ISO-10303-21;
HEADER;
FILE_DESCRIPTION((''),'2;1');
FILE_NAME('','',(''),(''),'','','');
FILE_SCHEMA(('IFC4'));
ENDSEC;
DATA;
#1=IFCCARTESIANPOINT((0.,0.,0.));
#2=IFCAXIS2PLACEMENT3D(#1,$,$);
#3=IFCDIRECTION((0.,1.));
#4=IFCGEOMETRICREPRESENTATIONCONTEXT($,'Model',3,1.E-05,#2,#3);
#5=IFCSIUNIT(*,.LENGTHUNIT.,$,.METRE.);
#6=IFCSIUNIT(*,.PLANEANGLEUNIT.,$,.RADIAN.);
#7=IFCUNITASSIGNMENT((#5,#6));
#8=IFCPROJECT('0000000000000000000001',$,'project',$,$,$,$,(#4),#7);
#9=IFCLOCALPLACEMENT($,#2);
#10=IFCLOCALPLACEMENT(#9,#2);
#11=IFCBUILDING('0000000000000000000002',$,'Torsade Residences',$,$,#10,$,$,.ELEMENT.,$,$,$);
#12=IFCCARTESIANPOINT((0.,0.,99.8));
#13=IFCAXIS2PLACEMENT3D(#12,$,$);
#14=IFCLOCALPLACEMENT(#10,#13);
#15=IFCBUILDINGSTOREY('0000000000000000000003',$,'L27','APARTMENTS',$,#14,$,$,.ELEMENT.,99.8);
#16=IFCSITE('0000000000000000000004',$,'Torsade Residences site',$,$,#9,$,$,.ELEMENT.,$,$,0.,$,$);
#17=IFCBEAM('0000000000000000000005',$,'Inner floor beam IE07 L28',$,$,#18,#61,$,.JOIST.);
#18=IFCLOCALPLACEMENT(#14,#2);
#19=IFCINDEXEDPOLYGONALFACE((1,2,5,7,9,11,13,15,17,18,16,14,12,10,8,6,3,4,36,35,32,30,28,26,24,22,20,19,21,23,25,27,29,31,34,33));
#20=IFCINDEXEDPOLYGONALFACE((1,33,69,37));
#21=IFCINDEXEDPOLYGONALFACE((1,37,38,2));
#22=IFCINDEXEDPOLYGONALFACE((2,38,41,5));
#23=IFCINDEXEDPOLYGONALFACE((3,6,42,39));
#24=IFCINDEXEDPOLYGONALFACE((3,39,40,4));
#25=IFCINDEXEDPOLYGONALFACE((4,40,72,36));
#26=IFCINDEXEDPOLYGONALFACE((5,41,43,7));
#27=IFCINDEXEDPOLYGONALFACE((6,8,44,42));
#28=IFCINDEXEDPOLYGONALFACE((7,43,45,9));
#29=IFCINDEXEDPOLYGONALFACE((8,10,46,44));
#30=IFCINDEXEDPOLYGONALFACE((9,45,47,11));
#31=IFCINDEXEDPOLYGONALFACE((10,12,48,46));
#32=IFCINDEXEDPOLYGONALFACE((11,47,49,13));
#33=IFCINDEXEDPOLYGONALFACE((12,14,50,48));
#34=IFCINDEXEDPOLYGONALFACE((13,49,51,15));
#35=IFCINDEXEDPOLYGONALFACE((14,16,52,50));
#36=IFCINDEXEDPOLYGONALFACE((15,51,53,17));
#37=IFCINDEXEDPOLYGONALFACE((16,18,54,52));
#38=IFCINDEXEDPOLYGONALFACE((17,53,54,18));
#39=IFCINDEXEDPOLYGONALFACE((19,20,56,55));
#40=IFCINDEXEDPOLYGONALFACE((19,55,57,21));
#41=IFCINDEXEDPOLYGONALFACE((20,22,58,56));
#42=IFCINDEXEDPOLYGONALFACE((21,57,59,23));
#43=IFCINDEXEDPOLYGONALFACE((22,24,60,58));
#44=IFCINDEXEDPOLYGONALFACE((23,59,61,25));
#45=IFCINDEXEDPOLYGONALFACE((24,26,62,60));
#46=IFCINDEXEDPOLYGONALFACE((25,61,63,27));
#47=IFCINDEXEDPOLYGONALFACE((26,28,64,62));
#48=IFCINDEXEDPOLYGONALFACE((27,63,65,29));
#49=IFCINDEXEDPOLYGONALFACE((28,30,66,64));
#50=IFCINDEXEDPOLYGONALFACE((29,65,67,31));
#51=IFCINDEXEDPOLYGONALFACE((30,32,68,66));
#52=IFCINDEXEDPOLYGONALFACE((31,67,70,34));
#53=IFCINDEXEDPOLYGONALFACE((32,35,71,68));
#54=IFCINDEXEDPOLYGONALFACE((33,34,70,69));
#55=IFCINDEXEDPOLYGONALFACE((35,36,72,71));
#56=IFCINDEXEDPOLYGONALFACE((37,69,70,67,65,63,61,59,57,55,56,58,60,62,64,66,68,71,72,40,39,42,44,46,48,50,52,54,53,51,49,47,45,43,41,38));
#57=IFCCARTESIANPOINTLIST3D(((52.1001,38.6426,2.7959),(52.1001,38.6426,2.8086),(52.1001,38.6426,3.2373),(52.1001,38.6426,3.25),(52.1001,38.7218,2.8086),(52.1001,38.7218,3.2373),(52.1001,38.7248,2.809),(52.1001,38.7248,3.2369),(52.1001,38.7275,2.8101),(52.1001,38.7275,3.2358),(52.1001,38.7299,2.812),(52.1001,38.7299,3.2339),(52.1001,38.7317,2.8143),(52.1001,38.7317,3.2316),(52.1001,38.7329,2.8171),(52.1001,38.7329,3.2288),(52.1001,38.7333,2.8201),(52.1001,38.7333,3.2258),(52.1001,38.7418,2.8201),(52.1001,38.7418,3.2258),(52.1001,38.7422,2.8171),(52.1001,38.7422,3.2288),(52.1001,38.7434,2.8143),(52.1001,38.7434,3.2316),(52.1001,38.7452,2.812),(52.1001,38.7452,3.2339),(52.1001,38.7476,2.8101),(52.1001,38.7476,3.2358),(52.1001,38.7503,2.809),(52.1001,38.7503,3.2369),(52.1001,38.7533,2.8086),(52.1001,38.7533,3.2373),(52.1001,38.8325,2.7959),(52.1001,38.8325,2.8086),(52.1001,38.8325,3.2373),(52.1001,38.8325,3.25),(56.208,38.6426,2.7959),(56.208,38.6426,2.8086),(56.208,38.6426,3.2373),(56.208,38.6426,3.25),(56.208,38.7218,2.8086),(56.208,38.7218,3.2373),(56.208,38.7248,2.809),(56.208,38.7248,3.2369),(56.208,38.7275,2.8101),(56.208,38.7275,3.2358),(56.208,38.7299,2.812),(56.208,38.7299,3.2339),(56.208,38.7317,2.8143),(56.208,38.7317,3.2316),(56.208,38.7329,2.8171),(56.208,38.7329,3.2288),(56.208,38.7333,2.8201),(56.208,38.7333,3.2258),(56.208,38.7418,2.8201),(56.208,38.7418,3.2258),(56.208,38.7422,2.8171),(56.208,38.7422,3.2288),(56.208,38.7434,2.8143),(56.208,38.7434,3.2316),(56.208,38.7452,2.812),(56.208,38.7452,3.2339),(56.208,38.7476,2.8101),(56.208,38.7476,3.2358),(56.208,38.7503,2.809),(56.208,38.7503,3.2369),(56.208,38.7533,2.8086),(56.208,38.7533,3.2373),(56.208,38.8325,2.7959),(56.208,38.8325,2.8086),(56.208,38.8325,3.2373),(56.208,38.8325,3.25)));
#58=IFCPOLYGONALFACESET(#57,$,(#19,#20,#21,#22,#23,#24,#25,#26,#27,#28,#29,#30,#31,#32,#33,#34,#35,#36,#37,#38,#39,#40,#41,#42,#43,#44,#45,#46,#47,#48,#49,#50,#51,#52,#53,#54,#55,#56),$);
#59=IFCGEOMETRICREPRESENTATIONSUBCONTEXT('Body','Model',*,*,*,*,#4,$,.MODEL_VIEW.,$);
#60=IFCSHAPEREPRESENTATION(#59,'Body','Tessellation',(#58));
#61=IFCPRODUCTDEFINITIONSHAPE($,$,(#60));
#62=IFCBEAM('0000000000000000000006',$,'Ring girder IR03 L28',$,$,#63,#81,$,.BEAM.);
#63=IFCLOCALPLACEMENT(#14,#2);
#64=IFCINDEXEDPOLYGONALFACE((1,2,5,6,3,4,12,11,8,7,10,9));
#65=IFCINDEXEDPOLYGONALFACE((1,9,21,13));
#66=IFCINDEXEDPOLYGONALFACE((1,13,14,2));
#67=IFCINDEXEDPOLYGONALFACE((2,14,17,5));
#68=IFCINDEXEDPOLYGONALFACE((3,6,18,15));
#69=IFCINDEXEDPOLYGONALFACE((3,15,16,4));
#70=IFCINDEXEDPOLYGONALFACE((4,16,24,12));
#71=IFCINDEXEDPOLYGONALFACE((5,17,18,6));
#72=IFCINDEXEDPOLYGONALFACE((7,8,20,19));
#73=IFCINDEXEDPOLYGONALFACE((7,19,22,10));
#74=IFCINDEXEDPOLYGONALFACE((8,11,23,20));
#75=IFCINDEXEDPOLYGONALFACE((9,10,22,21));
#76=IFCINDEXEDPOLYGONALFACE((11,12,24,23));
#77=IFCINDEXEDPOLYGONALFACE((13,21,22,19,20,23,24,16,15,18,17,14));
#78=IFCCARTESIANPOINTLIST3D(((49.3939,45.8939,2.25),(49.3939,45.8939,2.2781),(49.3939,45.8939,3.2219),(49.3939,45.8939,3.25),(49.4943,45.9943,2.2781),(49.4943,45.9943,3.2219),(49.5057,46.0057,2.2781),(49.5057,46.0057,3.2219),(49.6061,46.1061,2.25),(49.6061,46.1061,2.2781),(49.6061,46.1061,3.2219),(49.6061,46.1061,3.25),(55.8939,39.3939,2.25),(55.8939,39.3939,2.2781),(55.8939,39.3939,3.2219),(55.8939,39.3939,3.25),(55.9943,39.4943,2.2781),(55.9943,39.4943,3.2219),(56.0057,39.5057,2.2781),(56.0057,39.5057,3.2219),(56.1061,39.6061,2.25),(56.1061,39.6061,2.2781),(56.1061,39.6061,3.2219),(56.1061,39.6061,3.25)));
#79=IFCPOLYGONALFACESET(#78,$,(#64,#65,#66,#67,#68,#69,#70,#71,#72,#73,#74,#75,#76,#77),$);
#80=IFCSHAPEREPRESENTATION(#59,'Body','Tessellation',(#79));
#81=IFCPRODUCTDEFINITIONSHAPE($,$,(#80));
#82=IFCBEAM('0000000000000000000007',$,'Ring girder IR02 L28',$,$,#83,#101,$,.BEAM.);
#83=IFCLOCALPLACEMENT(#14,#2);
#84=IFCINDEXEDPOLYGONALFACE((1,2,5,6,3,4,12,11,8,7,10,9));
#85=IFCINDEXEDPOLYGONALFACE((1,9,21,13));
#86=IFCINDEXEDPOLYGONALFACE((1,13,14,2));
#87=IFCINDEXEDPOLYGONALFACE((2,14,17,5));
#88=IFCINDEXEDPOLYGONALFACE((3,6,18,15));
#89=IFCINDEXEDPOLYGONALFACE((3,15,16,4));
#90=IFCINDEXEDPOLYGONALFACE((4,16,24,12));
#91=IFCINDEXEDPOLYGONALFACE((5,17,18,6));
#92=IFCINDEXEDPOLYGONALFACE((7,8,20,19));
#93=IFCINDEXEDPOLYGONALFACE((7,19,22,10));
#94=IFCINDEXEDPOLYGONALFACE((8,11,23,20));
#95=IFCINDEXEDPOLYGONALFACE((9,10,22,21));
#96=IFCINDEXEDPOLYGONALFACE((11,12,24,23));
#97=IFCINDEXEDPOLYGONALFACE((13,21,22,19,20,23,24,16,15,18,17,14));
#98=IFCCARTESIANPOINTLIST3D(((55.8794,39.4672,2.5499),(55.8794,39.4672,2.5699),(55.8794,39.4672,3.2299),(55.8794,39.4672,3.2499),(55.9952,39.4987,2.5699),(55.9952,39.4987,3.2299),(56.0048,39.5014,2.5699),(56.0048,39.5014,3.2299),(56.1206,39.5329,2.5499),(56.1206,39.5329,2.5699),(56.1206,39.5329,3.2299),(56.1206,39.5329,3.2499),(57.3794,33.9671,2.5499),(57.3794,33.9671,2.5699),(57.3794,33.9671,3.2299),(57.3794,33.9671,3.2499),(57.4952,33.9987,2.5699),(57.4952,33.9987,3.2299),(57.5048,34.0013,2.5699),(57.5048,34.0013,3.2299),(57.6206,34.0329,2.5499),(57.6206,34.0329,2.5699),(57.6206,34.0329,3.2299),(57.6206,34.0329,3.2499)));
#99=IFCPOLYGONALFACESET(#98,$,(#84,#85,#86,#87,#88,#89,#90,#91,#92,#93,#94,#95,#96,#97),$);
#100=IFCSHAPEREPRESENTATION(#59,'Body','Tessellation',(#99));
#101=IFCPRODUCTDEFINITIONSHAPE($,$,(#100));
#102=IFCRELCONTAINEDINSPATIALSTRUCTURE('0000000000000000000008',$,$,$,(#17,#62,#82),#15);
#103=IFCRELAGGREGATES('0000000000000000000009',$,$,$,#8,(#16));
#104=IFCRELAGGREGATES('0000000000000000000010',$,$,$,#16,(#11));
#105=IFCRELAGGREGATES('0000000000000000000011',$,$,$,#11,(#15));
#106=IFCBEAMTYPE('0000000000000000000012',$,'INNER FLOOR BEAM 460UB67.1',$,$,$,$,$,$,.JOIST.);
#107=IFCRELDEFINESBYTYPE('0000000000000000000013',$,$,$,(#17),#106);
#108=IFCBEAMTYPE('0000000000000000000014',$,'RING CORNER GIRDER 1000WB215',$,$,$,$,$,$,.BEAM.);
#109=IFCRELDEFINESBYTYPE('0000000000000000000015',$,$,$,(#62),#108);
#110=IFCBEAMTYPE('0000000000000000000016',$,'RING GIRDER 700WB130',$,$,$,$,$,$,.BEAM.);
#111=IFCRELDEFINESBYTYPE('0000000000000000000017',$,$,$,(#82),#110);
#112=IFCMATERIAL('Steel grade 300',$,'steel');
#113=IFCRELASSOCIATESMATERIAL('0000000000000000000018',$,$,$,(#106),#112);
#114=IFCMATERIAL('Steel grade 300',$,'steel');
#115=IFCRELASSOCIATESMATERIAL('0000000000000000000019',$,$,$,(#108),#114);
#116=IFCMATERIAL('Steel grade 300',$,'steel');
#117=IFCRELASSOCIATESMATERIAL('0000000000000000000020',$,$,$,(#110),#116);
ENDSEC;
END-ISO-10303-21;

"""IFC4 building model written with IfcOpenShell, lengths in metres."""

from ifc_helpers import new_model, si_unit, direction, frame, origin, origin_2d, place, context, subcontext, project, spatial, i_section, extrude, material, material_profile, profile_set, type_object, element, save


model = new_model("IFC4")

# Units and contexts
model_context = context("Model", 3, precision=1e-05, world=origin(), true_north=direction((0.0, 1.0)))
body_context = subcontext(model_context, "Body", "Model", "MODEL_VIEW")
ifc_project = project(units=[si_unit("LENGTHUNIT", "METRE"), si_unit("PLANEANGLEUNIT", "RADIAN")], contexts=[model_context])

# Site, building, storey
site_placement = place(None, origin())
site = spatial("IfcSite", under=ifc_project, at=site_placement, Name="Torsade Residences site", CompositionType="ELEMENT", RefElevation=0.0)
building_placement = place(site_placement, origin())
building = spatial("IfcBuilding", under=site, at=building_placement, Name="Torsade Residences", CompositionType="ELEMENT")
storey_placement = place(building_placement, frame((0.0, 0.0, 99.8)))
storey = spatial("IfcBuildingStorey", under=building, at=storey_placement, Name="L27", Description="APARTMENTS", CompositionType="ELEMENT", Elevation=99.8)

# Beams
ifc_material_1 = material(Name="Steel grade 300", Category="steel")
ifc_material_profile_1 = material_profile(ifc_material_1, i_section(OverallWidth=0.1899, OverallDepth=0.4541, WebThickness=0.0085, FlangeThickness=0.0127, FilletRadius=0.0115, at=origin_2d()), Name="460UB67.1")
ifc_profile_set_1 = profile_set([ifc_material_profile_1], Name="Steel grade 300")
beam_type_1 = type_object("IfcBeamType", Name="INNER FLOOR BEAM 460UB67.1", PredefinedType="JOIST", material=ifc_profile_set_1)
beam_1_placement = place(storey_placement, frame((52.1001, 38.7375, 3.0229), z_axis=(1.0, 0.0, 0.0), x_axis=(0.0, 1.0, 0.0)))
element("IfcBeam", 1, at=beam_1_placement, inside=storey, type_object=beam_type_1, Name="Inner floor beam IE07 L28", PredefinedType="JOIST", context=body_context, shape_type="SweptSolid", body=[
    extrude(i_section(OverallWidth=0.1899, OverallDepth=0.4541, WebThickness=0.0085, FlangeThickness=0.0127, FilletRadius=0.0115, at=origin_2d()), origin(), (0.0, 0.0, 1.0), 4.1079),
])
ifc_material_2 = material(Name="Steel grade 300", Category="steel")
ifc_material_profile_2 = material_profile(ifc_material_2, i_section(OverallWidth=0.3, OverallDepth=1.0, WebThickness=0.0161, FlangeThickness=0.0281, at=origin_2d()), Name="1000WB215")
ifc_profile_set_2 = profile_set([ifc_material_profile_2], Name="Steel grade 300")
beam_type_2 = type_object("IfcBeamType", Name="RING CORNER GIRDER 1000WB215", PredefinedType="BEAM", material=ifc_profile_set_2)
beam_2_placement = place(storey_placement, frame((56.0, 39.5, 2.75), z_axis=(-0.707107, 0.707107, 0.0), x_axis=(-0.707107, -0.707107, 0.0)))
element("IfcBeam", 2, at=beam_2_placement, inside=storey, type_object=beam_type_2, Name="Ring girder IR03 L28", PredefinedType="BEAM", context=body_context, shape_type="SweptSolid", body=[
    extrude(i_section(OverallWidth=0.3, OverallDepth=1.0, WebThickness=0.0161, FlangeThickness=0.0281, at=origin_2d()), origin(), (0.0, 0.0, 1.0), 9.1924),
])
ifc_material_3 = material(Name="Steel grade 300", Category="steel")
ifc_material_profile_3 = material_profile(ifc_material_3, i_section(OverallWidth=0.25, OverallDepth=0.7, WebThickness=0.01, FlangeThickness=0.02, at=origin_2d()), Name="700WB130")
ifc_profile_set_3 = profile_set([ifc_material_profile_3], Name="Steel grade 300")
beam_type_3 = type_object("IfcBeamType", Name="RING GIRDER 700WB130", PredefinedType="BEAM", material=ifc_profile_set_3)
beam_3_placement = place(storey_placement, frame((57.5, 34.0, 2.8999), z_axis=(-0.263117, 0.964764, 0.0), x_axis=(-0.964764, -0.263117, 0.0)))
element("IfcBeam", 3, at=beam_3_placement, inside=storey, type_object=beam_type_3, Name="Ring girder IR02 L28", PredefinedType="BEAM", context=body_context, shape_type="SweptSolid", body=[
    extrude(i_section(OverallWidth=0.25, OverallDepth=0.7, WebThickness=0.01, FlangeThickness=0.02, at=origin_2d()), origin(), (0.0, 0.0, 1.0), 5.7009),
])

save(model, "model.ifc")
